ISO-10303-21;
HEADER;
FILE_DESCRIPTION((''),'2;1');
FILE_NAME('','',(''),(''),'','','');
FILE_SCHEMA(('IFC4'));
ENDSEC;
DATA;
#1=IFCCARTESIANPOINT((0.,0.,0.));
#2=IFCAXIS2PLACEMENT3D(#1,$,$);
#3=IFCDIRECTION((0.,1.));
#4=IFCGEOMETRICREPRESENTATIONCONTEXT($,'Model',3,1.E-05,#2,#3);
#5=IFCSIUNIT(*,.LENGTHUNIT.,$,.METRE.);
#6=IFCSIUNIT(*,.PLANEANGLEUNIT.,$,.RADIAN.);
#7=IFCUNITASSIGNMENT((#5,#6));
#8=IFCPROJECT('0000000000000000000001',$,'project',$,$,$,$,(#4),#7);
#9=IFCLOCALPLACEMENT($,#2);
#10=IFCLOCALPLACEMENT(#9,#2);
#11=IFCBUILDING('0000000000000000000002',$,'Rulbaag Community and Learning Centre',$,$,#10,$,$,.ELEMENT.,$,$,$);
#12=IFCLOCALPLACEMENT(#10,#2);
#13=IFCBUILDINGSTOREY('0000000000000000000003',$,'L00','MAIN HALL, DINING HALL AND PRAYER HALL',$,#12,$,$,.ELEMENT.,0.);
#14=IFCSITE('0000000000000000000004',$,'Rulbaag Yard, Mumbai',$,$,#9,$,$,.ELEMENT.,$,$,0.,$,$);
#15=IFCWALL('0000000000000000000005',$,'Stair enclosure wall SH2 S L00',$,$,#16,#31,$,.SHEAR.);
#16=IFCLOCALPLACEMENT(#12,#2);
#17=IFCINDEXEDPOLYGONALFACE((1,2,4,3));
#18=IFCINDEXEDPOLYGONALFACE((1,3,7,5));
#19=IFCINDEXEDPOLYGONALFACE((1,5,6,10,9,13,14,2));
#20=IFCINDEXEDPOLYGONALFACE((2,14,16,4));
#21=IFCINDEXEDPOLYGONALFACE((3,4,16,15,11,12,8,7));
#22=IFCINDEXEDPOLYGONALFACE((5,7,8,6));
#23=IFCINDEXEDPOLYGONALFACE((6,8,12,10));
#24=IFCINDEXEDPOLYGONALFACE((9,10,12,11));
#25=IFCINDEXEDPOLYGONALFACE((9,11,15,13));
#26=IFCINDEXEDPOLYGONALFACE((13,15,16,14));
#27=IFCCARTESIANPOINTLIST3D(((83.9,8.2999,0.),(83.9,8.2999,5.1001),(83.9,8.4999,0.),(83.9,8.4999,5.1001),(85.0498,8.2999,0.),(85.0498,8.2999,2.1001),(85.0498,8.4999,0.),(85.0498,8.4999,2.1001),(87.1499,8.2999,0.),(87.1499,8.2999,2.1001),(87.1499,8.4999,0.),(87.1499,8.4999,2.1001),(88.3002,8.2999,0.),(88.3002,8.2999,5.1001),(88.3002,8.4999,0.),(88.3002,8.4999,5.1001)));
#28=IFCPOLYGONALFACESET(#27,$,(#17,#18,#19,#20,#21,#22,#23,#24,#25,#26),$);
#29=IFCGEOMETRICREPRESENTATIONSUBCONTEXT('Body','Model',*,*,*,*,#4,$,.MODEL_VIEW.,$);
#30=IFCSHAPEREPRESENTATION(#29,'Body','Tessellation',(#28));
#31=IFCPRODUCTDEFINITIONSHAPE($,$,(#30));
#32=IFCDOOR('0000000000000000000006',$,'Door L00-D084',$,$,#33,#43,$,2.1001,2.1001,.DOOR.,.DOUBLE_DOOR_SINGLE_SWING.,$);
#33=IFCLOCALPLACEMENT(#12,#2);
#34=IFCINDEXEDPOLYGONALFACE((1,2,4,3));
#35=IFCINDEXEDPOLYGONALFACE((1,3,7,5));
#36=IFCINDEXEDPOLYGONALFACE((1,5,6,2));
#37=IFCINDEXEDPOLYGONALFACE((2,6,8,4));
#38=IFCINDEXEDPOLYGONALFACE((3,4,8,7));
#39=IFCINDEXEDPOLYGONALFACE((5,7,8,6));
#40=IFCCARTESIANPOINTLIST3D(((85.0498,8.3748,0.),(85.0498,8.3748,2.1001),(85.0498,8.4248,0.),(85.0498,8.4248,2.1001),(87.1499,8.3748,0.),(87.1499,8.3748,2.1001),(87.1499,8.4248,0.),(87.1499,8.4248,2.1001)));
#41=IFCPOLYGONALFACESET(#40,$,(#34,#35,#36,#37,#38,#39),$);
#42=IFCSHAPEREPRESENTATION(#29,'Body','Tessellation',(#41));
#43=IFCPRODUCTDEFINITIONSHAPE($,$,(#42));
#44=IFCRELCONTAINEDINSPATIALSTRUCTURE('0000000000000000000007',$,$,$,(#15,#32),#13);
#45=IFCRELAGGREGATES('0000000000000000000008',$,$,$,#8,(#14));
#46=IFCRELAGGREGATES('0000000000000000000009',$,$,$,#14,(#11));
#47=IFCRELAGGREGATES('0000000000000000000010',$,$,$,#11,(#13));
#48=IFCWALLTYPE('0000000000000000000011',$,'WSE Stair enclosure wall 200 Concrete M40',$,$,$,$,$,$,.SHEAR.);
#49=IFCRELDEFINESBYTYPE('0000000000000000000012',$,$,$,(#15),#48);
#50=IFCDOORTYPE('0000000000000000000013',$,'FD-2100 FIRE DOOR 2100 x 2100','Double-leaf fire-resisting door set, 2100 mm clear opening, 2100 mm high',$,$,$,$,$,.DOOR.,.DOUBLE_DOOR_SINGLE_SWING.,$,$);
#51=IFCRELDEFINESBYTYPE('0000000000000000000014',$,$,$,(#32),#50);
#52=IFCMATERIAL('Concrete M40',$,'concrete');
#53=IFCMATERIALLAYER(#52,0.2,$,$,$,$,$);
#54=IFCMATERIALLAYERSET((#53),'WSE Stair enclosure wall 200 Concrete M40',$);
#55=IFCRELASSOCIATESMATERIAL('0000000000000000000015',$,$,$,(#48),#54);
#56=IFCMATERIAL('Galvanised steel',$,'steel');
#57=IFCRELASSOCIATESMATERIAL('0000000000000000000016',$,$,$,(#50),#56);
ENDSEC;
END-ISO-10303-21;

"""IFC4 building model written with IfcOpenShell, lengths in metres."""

from ifc_helpers import new_model, si_unit, direction, frame, frame_2d, origin, place, context, subcontext, project, spatial, rectangle, extrude, material, layer, layer_set, type_object, element, fill, save


model = new_model("IFC4")

# Units and contexts
model_context = context("Model", 3, precision=1e-05, world=origin(), true_north=direction((0.0, 1.0)))
body_context = subcontext(model_context, "Body", "Model", "MODEL_VIEW")
ifc_project = project(units=[si_unit("LENGTHUNIT", "METRE"), si_unit("PLANEANGLEUNIT", "RADIAN")], contexts=[model_context])

# Site, building, storey
site_placement = place(None, origin())
site = spatial("IfcSite", under=ifc_project, at=site_placement, Name="Rulbaag Yard, Mumbai", CompositionType="ELEMENT", RefElevation=0.0)
building_placement = place(site_placement, origin())
building = spatial("IfcBuilding", under=site, at=building_placement, Name="Rulbaag Community and Learning Centre", CompositionType="ELEMENT")
storey_placement = place(building_placement, origin())
storey = spatial("IfcBuildingStorey", under=building, at=storey_placement, Name="L00", Description="MAIN HALL, DINING HALL AND PRAYER HALL", CompositionType="ELEMENT", Elevation=0.0)

# Shared definitions
ifc_material_1 = material(Name="Concrete M40", Category="concrete")

# Wall, opening, door
ifc_layer_1 = layer(ifc_material_1, 0.2)
ifc_layer_set_1 = layer_set([ifc_layer_1], Name="WSE Stair enclosure wall 200 Concrete M40")
wall_type_1 = type_object("IfcWallType", Name="WSE Stair enclosure wall 200 Concrete M40", PredefinedType="SHEAR", material=ifc_layer_set_1)
wall_1_placement = place(storey_placement, frame((83.8999, 8.3999, 0.0), z_axis=(0.0, 0.0, 1.0), x_axis=(1.0, 0.0, 0.0)))
wall_1 = element("IfcWall", 1, at=wall_1_placement, inside=storey, type_object=wall_type_1, Name="Stair enclosure wall SH2 S L00", PredefinedType="SHEAR", context=body_context, shape_type="SweptSolid", body=[
    extrude(rectangle(XDim=4.4001, YDim=0.2, at=frame_2d((2.2002, 0.0))), origin(), (0.0, 0.0, 1.0), 5.1001),
])
opening_placement = place(wall_1_placement, frame((1.1499, 0.0, 0.0)))
opening = element("IfcOpeningElement", 2, at=opening_placement, cuts=wall_1, PredefinedType="OPENING", context=body_context, shape_type="SweptSolid", body=[
    extrude(rectangle(XDim=2.1001, YDim=2.1001, at=frame_2d((1.05, 1.05))), frame((0.0, 0.1099, 0.0), z_axis=(0.0, -1.0, 0.0), x_axis=(1.0, 0.0, 0.0)), (0.0, 0.0, 1.0), 0.22),
])
ifc_material_2 = material(Name="Galvanised steel", Category="steel")
door_type = type_object("IfcDoorType", Name="FD-2100 FIRE DOOR 2100 x 2100", Description="Double-leaf fire-resisting door set, 2100 mm clear opening, 2100 mm high", OperationType="DOUBLE_DOOR_SINGLE_SWING", PredefinedType="DOOR", material=ifc_material_2)
door_placement = place(opening_placement, origin())
door = element("IfcDoor", 3, at=door_placement, inside=storey, type_object=door_type, Name="Door L00-D084", OperationType="DOUBLE_DOOR_SINGLE_SWING", OverallHeight=2.1001, OverallWidth=2.1001, PredefinedType="DOOR", context=body_context, shape_type="SweptSolid", body=[
    extrude(rectangle(XDim=2.1001, YDim=2.1001, at=frame_2d((1.05, 1.05))), frame((0.0, 0.0249, 0.0), z_axis=(0.0, -1.0, 0.0), x_axis=(1.0, 0.0, 0.0)), (0.0, 0.0, 1.0), 0.05),
])
fill(opening, door)

save(model, "model.ifc")
